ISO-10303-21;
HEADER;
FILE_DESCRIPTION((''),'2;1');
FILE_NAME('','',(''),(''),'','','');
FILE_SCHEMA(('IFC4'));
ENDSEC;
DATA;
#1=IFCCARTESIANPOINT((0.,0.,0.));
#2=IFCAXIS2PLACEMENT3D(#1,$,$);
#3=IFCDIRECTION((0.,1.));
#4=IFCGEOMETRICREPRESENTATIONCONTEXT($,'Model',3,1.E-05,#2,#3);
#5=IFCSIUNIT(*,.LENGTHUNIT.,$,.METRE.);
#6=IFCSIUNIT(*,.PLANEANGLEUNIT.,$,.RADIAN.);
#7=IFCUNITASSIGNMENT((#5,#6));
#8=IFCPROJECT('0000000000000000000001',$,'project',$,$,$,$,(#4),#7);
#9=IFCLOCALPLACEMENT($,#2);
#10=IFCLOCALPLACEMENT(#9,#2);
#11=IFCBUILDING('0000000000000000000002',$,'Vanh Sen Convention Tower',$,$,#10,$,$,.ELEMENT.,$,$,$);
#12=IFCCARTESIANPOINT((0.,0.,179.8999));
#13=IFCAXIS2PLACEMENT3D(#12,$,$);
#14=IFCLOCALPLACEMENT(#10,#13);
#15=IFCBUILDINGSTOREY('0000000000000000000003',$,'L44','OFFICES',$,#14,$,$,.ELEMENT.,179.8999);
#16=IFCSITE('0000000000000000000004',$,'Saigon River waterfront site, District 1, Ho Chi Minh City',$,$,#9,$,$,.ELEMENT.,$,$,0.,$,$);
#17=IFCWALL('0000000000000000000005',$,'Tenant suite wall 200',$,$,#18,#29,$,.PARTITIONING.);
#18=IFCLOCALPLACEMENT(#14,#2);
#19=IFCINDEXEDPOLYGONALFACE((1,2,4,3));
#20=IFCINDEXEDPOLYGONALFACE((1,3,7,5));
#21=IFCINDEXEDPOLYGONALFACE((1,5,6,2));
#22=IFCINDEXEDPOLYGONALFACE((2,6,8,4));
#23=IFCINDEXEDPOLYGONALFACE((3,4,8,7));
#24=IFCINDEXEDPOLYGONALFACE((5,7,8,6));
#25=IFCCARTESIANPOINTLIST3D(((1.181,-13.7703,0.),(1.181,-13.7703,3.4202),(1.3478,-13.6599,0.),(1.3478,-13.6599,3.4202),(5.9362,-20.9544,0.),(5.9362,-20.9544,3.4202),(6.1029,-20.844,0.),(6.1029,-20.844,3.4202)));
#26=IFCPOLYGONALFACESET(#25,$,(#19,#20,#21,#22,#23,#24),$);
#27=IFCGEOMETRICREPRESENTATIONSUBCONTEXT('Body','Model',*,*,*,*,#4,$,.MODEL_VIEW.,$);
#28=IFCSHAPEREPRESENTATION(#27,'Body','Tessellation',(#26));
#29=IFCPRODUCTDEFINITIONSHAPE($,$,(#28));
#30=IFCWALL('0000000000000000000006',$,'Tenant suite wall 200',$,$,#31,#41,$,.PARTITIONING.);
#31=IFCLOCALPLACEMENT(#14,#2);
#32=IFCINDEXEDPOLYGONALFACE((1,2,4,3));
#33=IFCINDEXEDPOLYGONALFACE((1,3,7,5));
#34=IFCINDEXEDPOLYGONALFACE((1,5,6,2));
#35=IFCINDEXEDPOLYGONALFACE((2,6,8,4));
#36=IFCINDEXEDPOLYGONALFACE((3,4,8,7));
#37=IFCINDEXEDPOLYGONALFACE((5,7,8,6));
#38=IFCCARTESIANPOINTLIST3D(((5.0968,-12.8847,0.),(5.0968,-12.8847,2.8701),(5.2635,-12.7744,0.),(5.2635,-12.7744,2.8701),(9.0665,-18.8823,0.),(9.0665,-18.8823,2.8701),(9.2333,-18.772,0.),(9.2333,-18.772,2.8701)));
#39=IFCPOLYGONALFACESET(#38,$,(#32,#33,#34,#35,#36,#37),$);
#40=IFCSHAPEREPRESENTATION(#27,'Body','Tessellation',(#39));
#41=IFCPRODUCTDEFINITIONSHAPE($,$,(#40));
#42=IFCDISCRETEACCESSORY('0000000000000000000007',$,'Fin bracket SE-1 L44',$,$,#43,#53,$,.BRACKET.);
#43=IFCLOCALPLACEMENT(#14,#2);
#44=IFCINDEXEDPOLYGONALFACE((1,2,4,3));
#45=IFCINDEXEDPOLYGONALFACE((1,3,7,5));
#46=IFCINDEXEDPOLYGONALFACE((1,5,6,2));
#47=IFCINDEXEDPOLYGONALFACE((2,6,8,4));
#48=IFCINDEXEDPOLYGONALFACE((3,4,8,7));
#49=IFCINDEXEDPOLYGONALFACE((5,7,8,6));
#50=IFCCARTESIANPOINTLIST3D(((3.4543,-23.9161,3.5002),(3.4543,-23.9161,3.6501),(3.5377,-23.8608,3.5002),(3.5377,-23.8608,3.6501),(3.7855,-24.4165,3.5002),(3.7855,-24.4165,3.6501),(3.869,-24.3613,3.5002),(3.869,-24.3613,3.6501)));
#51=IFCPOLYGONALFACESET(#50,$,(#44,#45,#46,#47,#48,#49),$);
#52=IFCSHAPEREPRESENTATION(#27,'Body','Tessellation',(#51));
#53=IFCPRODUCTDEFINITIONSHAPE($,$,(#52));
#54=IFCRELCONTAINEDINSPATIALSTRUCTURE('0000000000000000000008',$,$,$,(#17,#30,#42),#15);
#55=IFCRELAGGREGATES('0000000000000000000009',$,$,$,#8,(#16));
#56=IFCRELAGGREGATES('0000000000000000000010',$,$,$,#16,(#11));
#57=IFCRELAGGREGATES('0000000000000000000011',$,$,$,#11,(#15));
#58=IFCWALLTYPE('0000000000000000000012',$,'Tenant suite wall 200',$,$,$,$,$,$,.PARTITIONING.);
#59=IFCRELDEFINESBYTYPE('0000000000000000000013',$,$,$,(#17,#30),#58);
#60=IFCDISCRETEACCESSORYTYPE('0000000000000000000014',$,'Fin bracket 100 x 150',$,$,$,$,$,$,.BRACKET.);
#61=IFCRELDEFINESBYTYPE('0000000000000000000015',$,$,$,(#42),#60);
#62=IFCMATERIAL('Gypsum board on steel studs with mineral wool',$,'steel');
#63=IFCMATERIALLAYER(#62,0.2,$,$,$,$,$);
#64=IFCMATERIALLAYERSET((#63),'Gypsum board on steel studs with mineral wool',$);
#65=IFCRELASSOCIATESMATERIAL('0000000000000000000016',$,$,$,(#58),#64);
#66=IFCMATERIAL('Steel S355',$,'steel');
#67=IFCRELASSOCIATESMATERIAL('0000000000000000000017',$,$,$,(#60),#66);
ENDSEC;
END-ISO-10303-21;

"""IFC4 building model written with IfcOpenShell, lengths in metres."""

from ifc_helpers import new_model, si_unit, direction, frame, frame_2d, origin, origin_2d, place, context, subcontext, project, spatial, rectangle, extrude, material, layer, layer_set, type_object, element, save


model = new_model("IFC4")

# Units and contexts
model_context = context("Model", 3, precision=1e-05, world=origin(), true_north=direction((0.0, 1.0)))
body_context = subcontext(model_context, "Body", "Model", "MODEL_VIEW")
ifc_project = project(units=[si_unit("LENGTHUNIT", "METRE"), si_unit("PLANEANGLEUNIT", "RADIAN")], contexts=[model_context])

# Site, building, storey
site_placement = place(None, origin())
site = spatial("IfcSite", under=ifc_project, at=site_placement, Name="Saigon River waterfront site, District 1, Ho Chi Minh City", CompositionType="ELEMENT", RefElevation=0.0)
building_placement = place(site_placement, origin())
building = spatial("IfcBuilding", under=site, at=building_placement, Name="Vanh Sen Convention Tower", CompositionType="ELEMENT")
storey_placement = place(building_placement, frame((0.0, 0.0, 179.8999)))
storey = spatial("IfcBuildingStorey", under=building, at=storey_placement, Name="L44", Description="OFFICES", CompositionType="ELEMENT", Elevation=179.8999)

# Shared definitions
ifc_material_1 = material(Name="Gypsum board on steel studs with mineral wool", Category="steel")

# Walls
ifc_layer_1 = layer(ifc_material_1, 0.2)
ifc_layer_set_1 = layer_set([ifc_layer_1], Name="Gypsum board on steel studs with mineral wool")
wall_type_1 = type_object("IfcWallType", Name="Tenant suite wall 200", PredefinedType="PARTITIONING", material=ifc_layer_set_1)
wall_1_placement = place(storey_placement, frame((6.0195, -20.8992, 0.0), z_axis=(0.0, 0.0, 1.0), x_axis=(-0.551944, 0.833881, 0.0)))
element("IfcWall", 1, at=wall_1_placement, inside=storey, type_object=wall_type_1, Name="Tenant suite wall 200", PredefinedType="PARTITIONING", context=body_context, shape_type="SweptSolid", body=[
    extrude(rectangle(XDim=8.6152, YDim=0.2, at=frame_2d((4.3076, 0.0))), origin(), (0.0, 0.0, 1.0), 3.4202),
])
wall_2_placement = place(storey_placement, frame((9.1499, -18.8271, 0.0), z_axis=(0.0, 0.0, 1.0), x_axis=(-0.55194, 0.833884, 0.0)))
element("IfcWall", 2, at=wall_2_placement, inside=storey, type_object=wall_type_1, Name="Tenant suite wall 200", PredefinedType="PARTITIONING", context=body_context, shape_type="SweptSolid", body=[
    extrude(rectangle(XDim=7.1924, YDim=0.2, at=frame_2d((3.5962, 0.0))), origin(), (0.0, 0.0, 1.0), 2.8701),
])

# Discrete accessory
ifc_material_2 = material(Name="Steel S355", Category="steel")
discrete_accessory_type = type_object("IfcDiscreteAccessoryType", Name="Fin bracket 100 x 150", PredefinedType="BRACKET", material=ifc_material_2)
discrete_accessory_placement = place(storey_placement, frame((3.6616, -24.1387, 3.5002), z_axis=(0.0, 0.0, 1.0), x_axis=(0.551937, -0.833886, 0.0)))
element("IfcDiscreteAccessory", 3, at=discrete_accessory_placement, inside=storey, type_object=discrete_accessory_type, Name="Fin bracket SE-1 L44", PredefinedType="BRACKET", context=body_context, shape_type="SweptSolid", body=[
    extrude(rectangle(XDim=0.6001, YDim=0.1001, at=origin_2d()), origin(), (0.0, 0.0, 1.0), 0.1499),
])

save(model, "model.ifc")
